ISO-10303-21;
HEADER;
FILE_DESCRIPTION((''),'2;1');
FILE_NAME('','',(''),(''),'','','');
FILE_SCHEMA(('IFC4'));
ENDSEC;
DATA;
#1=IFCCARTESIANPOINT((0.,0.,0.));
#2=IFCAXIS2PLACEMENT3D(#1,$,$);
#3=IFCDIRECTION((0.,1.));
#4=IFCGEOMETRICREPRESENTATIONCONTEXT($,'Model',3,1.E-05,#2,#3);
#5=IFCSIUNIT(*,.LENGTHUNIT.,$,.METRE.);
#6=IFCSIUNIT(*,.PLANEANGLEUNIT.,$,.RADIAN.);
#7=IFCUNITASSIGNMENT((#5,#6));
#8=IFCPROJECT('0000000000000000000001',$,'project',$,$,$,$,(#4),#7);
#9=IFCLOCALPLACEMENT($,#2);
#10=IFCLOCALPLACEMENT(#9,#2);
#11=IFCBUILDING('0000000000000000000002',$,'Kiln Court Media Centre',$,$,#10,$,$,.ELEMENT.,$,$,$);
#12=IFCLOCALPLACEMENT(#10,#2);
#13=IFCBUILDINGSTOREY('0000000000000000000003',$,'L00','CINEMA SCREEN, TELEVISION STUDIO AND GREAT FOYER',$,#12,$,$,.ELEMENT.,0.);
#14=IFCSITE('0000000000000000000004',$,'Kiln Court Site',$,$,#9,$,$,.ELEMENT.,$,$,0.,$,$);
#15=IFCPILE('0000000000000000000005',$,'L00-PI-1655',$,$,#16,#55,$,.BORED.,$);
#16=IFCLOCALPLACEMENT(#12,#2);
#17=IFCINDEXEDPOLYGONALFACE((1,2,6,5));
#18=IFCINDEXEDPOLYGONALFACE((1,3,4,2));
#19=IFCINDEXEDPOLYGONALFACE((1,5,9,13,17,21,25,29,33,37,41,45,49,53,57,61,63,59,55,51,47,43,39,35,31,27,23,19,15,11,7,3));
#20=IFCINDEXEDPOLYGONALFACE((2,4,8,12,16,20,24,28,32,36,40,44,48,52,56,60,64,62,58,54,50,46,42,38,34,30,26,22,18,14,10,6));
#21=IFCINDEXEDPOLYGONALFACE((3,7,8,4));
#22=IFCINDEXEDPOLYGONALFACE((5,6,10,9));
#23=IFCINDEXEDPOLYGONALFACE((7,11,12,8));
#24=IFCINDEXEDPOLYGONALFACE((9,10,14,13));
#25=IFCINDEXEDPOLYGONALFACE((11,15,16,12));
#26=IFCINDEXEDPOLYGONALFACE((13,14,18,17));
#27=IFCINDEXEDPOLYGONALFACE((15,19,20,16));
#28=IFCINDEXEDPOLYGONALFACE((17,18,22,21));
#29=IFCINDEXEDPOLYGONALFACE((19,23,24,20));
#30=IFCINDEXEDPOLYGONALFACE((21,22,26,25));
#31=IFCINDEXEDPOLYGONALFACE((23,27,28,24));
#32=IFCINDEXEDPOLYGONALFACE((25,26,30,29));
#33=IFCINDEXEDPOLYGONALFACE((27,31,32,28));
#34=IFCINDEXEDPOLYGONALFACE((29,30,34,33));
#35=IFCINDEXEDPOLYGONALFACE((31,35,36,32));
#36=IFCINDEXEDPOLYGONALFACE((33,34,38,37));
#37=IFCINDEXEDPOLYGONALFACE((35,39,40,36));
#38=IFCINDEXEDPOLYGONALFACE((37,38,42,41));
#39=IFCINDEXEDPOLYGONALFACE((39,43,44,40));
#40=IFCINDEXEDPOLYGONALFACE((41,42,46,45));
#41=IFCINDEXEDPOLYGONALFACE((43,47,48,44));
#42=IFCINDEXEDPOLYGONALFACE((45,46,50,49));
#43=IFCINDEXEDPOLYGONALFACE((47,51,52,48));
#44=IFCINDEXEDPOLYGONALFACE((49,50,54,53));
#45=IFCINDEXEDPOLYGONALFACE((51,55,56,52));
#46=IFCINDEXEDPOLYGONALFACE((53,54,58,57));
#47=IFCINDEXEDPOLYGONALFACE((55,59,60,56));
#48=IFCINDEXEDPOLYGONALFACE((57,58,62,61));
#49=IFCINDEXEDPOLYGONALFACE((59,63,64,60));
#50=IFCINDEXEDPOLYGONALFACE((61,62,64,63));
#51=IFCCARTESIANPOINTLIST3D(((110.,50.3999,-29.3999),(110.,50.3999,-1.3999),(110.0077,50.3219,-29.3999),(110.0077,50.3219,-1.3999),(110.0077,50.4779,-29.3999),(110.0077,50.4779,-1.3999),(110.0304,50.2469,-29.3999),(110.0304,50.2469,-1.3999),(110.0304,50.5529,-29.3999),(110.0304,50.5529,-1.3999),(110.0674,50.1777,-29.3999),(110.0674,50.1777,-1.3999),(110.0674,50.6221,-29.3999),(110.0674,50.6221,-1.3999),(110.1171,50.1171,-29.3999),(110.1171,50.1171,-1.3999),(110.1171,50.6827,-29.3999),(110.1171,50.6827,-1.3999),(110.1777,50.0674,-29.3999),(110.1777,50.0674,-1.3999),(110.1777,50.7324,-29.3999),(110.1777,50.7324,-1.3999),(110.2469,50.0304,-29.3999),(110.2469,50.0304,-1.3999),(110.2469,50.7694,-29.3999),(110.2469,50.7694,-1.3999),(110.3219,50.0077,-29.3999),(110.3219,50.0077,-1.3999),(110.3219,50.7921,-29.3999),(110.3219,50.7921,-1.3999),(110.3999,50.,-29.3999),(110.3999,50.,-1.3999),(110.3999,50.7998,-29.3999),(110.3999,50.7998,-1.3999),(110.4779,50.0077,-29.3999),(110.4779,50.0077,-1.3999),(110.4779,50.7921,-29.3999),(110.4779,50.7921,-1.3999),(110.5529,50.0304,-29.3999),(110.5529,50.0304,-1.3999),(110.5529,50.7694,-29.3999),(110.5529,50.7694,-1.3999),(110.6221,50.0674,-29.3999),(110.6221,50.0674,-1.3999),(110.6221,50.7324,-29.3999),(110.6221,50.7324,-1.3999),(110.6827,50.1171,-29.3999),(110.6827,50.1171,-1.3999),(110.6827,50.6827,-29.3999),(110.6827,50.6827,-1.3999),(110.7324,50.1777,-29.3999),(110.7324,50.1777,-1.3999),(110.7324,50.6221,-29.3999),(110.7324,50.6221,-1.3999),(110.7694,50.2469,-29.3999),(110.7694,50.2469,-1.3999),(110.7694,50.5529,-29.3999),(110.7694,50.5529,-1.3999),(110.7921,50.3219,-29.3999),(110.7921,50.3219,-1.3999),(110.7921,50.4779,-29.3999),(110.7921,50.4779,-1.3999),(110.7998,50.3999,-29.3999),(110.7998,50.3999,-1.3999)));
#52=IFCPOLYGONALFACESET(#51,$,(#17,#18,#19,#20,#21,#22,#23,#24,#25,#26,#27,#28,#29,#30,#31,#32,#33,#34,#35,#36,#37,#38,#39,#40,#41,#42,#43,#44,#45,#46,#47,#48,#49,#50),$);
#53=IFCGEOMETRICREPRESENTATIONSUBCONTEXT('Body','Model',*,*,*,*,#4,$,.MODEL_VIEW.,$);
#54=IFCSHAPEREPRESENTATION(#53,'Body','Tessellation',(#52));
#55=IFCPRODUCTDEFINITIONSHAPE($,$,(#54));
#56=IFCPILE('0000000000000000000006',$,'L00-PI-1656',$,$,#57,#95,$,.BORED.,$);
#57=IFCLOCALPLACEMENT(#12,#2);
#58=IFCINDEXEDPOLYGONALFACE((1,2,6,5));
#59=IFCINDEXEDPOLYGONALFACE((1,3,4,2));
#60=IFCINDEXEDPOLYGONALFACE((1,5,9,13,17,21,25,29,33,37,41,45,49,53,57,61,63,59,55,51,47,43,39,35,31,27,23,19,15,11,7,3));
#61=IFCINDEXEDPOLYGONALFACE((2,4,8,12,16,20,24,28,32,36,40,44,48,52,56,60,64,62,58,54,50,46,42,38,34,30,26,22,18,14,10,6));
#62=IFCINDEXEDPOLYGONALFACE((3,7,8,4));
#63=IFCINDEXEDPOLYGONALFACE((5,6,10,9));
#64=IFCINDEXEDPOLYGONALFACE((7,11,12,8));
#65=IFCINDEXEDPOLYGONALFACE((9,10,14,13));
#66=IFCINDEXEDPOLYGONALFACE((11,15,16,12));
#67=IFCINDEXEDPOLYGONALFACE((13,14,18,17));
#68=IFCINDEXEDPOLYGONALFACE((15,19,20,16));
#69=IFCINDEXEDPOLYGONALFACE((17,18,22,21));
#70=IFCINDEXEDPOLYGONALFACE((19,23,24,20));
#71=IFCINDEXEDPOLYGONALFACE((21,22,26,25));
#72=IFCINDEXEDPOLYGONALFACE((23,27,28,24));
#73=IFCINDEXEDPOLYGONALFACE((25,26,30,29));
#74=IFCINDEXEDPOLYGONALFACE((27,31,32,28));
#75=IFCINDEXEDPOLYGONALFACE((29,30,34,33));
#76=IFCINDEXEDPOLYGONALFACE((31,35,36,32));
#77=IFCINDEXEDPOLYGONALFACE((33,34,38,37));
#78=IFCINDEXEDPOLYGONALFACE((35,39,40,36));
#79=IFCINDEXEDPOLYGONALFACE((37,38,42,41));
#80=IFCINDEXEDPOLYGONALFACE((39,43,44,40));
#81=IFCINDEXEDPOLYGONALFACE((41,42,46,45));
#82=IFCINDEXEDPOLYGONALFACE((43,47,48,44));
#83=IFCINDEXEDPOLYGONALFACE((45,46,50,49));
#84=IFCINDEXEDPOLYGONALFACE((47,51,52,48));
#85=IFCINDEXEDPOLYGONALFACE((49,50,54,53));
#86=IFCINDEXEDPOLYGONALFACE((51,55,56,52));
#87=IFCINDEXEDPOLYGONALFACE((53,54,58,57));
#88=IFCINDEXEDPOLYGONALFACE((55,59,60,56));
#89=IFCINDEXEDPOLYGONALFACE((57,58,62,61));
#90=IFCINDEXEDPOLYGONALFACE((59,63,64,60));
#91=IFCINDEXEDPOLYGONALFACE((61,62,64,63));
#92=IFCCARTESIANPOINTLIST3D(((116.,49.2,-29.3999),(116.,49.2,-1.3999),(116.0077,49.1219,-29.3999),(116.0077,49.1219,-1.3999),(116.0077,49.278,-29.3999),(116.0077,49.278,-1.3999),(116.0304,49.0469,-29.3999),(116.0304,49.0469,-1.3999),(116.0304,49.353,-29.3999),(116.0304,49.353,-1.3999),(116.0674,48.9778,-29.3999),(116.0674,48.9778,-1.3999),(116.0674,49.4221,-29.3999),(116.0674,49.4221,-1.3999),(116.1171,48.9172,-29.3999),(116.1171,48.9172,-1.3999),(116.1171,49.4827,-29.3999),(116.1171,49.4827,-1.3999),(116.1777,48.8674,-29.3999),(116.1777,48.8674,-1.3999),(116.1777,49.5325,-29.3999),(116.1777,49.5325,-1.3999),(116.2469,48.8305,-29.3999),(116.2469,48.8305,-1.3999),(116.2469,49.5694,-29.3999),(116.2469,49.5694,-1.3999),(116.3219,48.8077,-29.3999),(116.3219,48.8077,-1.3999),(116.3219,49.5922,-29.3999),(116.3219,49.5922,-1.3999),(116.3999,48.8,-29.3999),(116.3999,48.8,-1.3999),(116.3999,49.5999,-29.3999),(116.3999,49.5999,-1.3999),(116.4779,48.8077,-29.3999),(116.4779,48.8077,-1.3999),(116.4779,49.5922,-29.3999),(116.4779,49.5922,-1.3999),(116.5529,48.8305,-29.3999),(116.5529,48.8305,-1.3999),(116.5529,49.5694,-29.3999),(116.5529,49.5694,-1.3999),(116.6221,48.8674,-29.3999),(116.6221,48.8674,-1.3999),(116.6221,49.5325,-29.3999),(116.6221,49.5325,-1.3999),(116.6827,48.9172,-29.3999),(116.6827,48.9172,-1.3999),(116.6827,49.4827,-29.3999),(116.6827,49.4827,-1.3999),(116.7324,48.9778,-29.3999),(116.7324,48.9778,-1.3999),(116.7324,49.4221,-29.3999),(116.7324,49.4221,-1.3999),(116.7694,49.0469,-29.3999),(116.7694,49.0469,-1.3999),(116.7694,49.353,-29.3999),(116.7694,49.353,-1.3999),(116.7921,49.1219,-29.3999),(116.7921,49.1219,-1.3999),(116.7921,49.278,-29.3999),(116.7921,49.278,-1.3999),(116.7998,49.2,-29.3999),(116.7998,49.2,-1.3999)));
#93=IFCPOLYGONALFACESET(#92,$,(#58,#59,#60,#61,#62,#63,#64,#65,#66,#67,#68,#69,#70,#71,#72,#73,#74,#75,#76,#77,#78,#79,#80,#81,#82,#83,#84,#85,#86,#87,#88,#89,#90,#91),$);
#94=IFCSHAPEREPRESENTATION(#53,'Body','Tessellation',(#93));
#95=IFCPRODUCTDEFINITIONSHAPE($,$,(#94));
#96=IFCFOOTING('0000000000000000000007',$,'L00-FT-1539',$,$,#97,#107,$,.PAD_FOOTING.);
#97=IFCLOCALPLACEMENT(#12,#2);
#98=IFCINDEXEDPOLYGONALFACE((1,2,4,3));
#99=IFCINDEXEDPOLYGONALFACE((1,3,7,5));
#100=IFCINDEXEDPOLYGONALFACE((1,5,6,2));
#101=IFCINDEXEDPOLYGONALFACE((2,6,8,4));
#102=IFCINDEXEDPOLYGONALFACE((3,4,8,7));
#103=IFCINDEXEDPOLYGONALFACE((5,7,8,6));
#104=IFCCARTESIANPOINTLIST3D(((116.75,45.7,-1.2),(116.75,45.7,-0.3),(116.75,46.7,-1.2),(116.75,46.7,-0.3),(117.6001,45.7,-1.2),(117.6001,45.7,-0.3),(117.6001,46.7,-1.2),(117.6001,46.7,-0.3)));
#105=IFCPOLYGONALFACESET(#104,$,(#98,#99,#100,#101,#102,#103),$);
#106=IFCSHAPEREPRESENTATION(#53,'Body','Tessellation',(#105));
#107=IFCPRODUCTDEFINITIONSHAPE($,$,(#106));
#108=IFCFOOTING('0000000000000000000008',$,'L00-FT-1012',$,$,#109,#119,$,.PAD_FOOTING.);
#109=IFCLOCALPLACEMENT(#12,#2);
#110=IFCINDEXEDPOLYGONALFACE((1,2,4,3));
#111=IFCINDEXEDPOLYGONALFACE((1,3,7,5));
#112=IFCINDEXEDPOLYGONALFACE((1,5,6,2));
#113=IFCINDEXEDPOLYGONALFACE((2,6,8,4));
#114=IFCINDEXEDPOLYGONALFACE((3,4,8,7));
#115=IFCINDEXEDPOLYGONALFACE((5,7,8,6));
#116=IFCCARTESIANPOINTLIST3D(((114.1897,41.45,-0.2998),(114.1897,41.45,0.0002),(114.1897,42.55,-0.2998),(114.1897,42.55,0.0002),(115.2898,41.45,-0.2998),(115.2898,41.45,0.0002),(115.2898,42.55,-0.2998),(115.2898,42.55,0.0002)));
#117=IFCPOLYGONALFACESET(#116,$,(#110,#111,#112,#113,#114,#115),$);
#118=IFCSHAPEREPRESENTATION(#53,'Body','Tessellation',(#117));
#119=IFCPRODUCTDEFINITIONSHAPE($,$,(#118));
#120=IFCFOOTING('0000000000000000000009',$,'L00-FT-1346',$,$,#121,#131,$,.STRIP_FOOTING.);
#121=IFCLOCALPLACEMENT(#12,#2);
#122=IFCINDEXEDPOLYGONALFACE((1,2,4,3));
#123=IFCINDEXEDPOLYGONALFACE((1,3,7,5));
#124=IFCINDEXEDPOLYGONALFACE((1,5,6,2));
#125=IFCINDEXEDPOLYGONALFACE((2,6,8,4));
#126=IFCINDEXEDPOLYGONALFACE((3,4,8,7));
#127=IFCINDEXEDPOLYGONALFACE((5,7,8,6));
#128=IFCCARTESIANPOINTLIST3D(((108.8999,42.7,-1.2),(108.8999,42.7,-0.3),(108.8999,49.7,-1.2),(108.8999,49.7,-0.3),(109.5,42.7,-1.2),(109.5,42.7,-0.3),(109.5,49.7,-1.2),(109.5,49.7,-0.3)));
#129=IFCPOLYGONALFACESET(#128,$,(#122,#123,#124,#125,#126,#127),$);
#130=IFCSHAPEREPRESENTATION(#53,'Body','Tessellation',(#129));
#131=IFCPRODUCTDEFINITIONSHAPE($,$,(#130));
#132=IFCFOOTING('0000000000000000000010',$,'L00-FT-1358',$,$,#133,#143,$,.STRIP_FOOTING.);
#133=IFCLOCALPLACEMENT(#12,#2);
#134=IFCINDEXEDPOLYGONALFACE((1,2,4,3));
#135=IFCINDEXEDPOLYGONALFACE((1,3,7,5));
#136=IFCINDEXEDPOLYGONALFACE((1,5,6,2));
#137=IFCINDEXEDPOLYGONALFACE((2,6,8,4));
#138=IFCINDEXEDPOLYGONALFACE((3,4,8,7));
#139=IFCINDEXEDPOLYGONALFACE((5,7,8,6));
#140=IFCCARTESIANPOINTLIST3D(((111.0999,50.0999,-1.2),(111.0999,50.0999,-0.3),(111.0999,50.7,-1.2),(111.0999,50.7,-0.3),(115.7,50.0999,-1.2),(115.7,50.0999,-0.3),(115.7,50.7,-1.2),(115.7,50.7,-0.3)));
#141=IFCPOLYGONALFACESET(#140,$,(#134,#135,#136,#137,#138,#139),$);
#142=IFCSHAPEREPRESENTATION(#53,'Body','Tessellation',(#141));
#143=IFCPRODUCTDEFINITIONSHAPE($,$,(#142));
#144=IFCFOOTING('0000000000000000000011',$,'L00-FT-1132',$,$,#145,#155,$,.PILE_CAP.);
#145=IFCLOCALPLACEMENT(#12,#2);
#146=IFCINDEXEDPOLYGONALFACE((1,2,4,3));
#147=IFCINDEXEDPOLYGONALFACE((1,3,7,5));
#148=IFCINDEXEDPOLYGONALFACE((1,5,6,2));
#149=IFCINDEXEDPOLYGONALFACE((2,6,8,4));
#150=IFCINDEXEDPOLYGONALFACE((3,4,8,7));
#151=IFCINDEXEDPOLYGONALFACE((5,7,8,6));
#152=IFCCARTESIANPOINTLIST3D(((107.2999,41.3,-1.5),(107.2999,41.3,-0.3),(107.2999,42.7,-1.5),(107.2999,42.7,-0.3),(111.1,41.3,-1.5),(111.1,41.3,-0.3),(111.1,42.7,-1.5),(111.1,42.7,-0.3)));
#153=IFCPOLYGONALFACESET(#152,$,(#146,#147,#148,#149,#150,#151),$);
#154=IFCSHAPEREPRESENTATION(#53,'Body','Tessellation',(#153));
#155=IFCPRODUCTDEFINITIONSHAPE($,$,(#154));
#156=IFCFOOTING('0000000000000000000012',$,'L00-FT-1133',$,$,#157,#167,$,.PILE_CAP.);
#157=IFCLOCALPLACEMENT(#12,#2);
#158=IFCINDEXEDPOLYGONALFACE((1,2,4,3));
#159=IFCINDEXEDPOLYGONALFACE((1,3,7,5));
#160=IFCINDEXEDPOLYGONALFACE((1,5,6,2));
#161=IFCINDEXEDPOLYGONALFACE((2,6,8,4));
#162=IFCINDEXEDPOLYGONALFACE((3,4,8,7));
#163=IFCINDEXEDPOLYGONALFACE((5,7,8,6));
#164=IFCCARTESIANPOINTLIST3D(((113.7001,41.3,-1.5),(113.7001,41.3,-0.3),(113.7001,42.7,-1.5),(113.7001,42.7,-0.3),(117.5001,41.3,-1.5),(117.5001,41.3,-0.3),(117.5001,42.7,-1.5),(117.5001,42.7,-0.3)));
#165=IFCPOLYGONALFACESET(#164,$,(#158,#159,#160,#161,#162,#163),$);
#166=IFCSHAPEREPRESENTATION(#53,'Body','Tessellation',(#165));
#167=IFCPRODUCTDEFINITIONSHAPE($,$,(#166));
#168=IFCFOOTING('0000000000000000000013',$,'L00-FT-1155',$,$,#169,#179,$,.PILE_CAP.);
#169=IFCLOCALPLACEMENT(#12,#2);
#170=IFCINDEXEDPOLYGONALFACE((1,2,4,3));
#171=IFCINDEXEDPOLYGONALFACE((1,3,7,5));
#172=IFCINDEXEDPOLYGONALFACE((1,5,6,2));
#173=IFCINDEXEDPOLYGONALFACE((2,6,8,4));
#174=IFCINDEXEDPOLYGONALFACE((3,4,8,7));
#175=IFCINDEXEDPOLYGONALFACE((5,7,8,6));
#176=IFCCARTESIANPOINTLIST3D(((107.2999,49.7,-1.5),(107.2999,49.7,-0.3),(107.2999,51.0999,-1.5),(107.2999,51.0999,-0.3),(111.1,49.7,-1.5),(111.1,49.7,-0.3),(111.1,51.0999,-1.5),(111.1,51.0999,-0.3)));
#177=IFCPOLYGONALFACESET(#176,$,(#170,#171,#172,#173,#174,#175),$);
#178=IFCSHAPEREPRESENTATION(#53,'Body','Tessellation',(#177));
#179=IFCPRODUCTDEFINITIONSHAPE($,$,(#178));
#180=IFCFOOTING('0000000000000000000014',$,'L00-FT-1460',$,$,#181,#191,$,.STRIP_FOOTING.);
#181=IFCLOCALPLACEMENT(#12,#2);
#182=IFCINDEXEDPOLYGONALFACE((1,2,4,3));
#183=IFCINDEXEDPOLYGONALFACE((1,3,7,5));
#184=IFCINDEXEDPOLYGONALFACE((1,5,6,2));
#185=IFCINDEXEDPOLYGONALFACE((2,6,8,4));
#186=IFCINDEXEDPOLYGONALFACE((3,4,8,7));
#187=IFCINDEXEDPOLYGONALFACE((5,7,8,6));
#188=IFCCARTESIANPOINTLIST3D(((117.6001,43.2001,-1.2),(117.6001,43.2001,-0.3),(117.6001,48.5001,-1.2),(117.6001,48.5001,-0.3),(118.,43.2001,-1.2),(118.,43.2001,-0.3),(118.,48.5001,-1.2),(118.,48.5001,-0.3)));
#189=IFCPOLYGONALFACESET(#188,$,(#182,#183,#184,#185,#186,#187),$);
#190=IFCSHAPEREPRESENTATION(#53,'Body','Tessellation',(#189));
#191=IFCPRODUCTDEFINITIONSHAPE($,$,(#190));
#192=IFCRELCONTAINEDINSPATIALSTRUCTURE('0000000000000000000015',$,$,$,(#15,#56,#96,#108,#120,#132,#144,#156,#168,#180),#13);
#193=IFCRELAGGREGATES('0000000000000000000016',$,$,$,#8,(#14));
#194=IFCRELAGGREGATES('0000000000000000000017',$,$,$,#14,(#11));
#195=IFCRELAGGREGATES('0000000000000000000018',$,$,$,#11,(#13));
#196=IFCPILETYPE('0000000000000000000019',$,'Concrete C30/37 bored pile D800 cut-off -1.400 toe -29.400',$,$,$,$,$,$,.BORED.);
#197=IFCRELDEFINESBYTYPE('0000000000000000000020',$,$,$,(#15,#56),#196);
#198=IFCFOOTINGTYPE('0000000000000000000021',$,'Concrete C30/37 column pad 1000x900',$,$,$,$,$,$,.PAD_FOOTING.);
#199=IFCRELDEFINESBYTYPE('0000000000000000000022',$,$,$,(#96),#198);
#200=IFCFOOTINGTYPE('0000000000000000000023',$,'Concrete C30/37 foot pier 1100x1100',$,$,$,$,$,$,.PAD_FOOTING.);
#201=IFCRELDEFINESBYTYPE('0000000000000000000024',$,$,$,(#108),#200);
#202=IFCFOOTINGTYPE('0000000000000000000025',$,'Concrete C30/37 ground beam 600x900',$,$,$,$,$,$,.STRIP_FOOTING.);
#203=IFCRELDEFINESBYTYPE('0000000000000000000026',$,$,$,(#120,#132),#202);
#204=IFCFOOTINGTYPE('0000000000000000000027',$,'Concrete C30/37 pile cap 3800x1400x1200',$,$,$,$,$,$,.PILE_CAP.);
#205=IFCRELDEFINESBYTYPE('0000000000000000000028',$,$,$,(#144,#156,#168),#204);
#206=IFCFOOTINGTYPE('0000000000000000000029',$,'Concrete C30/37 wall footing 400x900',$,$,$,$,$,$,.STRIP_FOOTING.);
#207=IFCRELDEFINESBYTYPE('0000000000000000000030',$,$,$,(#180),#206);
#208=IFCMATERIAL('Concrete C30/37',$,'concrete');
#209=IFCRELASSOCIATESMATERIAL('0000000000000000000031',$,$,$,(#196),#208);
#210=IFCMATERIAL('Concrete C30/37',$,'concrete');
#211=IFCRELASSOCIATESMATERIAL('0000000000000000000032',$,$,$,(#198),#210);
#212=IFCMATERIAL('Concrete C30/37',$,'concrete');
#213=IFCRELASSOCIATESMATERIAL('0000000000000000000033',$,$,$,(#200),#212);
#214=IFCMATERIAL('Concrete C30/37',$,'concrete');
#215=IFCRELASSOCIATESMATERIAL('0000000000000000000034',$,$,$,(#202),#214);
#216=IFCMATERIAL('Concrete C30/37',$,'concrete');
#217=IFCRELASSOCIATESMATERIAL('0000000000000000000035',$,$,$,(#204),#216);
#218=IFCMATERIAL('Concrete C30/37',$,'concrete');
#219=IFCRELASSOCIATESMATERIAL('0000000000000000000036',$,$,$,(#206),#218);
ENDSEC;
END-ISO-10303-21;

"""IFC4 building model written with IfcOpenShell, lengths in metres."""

from ifc_helpers import new_model, si_unit, direction, frame, origin, origin_2d, place, context, subcontext, project, spatial, rectangle, circle, extrude, material, material_profile, profile_set, type_object, element, save


model = new_model("IFC4")

# Units and contexts
model_context = context("Model", 3, precision=1e-05, world=origin(), true_north=direction((0.0, 1.0)))
body_context = subcontext(model_context, "Body", "Model", "MODEL_VIEW")
ifc_project = project(units=[si_unit("LENGTHUNIT", "METRE"), si_unit("PLANEANGLEUNIT", "RADIAN")], contexts=[model_context])

# Site, building, storey
site_placement = place(None, origin())
site = spatial("IfcSite", under=ifc_project, at=site_placement, Name="Kiln Court Site", CompositionType="ELEMENT", RefElevation=0.0)
building_placement = place(site_placement, origin())
building = spatial("IfcBuilding", under=site, at=building_placement, Name="Kiln Court Media Centre", CompositionType="ELEMENT")
storey_placement = place(building_placement, origin())
storey = spatial("IfcBuildingStorey", under=building, at=storey_placement, Name="L00", Description="CINEMA SCREEN, TELEVISION STUDIO AND GREAT FOYER", CompositionType="ELEMENT", Elevation=0.0)

# Piles
ifc_material_1 = material(Name="Concrete C30/37", Category="concrete")
ifc_material_profile_1 = material_profile(ifc_material_1, circle(Radius=0.3999, at=origin_2d()), Name="PILE D800")
ifc_profile_set_1 = profile_set([ifc_material_profile_1], Name="Concrete C30/37")
pile_type = type_object("IfcPileType", Name="Concrete C30/37 bored pile D800 cut-off -1.400 toe -29.400", PredefinedType="BORED", material=ifc_profile_set_1)
for number, where, z_axis, x_axis, name in (
    (1, (110.3999, 50.3999, -1.3999), (0.0, 0.0, -1.0), (1.0, 0.0, 0.0), "L00-PI-1655"),
    (2, (116.3999, 49.2, -1.3999), (0.0, 0.0, -1.0), (1.0, 0.0, 0.0), "L00-PI-1656"),
):
    element("IfcPile", number, at=place(storey_placement, frame(where, z_axis=z_axis, x_axis=x_axis)), inside=storey, type_object=pile_type, Name=name, PredefinedType="BORED", context=body_context, shape_type="SweptSolid", body=[
        extrude(circle(Radius=0.3999, at=origin_2d()), origin(), (0.0, 0.0, 1.0), 28.0),
    ])

# Footings
ifc_material_2 = material(Name="Concrete C30/37", Category="concrete")
footing_type_1 = type_object("IfcFootingType", Name="Concrete C30/37 column pad 1000x900", PredefinedType="PAD_FOOTING", material=ifc_material_2)
footing_1_placement = place(storey_placement, frame((117.175, 46.2, -1.2), z_axis=(0.0, 0.0, 1.0), x_axis=(1.0, 0.0, 0.0)))
element("IfcFooting", 3, at=footing_1_placement, inside=storey, type_object=footing_type_1, Name="L00-FT-1539", PredefinedType="PAD_FOOTING", context=body_context, shape_type="SweptSolid", body=[
    extrude(rectangle(XDim=0.8501, YDim=1.0, at=origin_2d()), origin(), (0.0, 0.0, 1.0), 0.8999),
])
ifc_material_3 = material(Name="Concrete C30/37", Category="concrete")
footing_type_2 = type_object("IfcFootingType", Name="Concrete C30/37 foot pier 1100x1100", PredefinedType="PAD_FOOTING", material=ifc_material_3)
footing_2_placement = place(storey_placement, frame((114.7397, 42.0, -0.2998), z_axis=(0.0, 0.0, 1.0), x_axis=(1.0, 0.0, 0.0)))
element("IfcFooting", 4, at=footing_2_placement, inside=storey, type_object=footing_type_2, Name="L00-FT-1012", PredefinedType="PAD_FOOTING", context=body_context, shape_type="SweptSolid", body=[
    extrude(rectangle(XDim=1.1001, YDim=1.1001, at=origin_2d()), origin(), (0.0, 0.0, 1.0), 0.3),
])
ifc_material_4 = material(Name="Concrete C30/37", Category="concrete")
footing_type_3 = type_object("IfcFootingType", Name="Concrete C30/37 ground beam 600x900", PredefinedType="STRIP_FOOTING", material=ifc_material_4)
footing_3_placement = place(storey_placement, frame((109.2, 46.2, -1.2), z_axis=(0.0, 0.0, 1.0), x_axis=(1.0, 0.0, 0.0)))
element("IfcFooting", 5, at=footing_3_placement, inside=storey, type_object=footing_type_3, Name="L00-FT-1346", PredefinedType="STRIP_FOOTING", context=body_context, shape_type="SweptSolid", body=[
    extrude(rectangle(XDim=0.6001, YDim=7.0, at=origin_2d()), origin(), (0.0, 0.0, 1.0), 0.8999),
])
footing_4_placement = place(storey_placement, frame((113.3999, 50.3999, -1.2), z_axis=(0.0, 0.0, 1.0), x_axis=(1.0, 0.0, 0.0)))
element("IfcFooting", 6, at=footing_4_placement, inside=storey, type_object=footing_type_3, Name="L00-FT-1358", PredefinedType="STRIP_FOOTING", context=body_context, shape_type="SweptSolid", body=[
    extrude(rectangle(XDim=4.6001, YDim=0.6001, at=origin_2d()), origin(), (0.0, 0.0, 1.0), 0.8999),
])
ifc_material_5 = material(Name="Concrete C30/37", Category="concrete")
footing_type_4 = type_object("IfcFootingType", Name="Concrete C30/37 pile cap 3800x1400x1200", PredefinedType="PILE_CAP", material=ifc_material_5)
for number, where, z_axis, x_axis, name in (
    (7, (109.2, 42.0, -1.5), (0.0, 0.0, 1.0), (1.0, 0.0, 0.0), "L00-FT-1132"),
    (8, (115.6001, 42.0, -1.5), (0.0, 0.0, 1.0), (1.0, 0.0, 0.0), "L00-FT-1133"),
    (9, (109.2, 50.3999, -1.5), (0.0, 0.0, 1.0), (1.0, 0.0, 0.0), "L00-FT-1155"),
):
    element("IfcFooting", number, at=place(storey_placement, frame(where, z_axis=z_axis, x_axis=x_axis)), inside=storey, type_object=footing_type_4, Name=name, PredefinedType="PILE_CAP", context=body_context, shape_type="SweptSolid", body=[
        extrude(rectangle(XDim=3.8, YDim=1.3999, at=origin_2d()), origin(), (0.0, 0.0, 1.0), 1.2),
    ])
ifc_material_6 = material(Name="Concrete C30/37", Category="concrete")
footing_type_5 = type_object("IfcFootingType", Name="Concrete C30/37 wall footing 400x900", PredefinedType="STRIP_FOOTING", material=ifc_material_6)
footing_5_placement = place(storey_placement, frame((117.8, 45.8501, -1.2), z_axis=(0.0, 0.0, 1.0), x_axis=(1.0, 0.0, 0.0)))
element("IfcFooting", 10, at=footing_5_placement, inside=storey, type_object=footing_type_5, Name="L00-FT-1460", PredefinedType="STRIP_FOOTING", context=body_context, shape_type="SweptSolid", body=[
    extrude(rectangle(XDim=0.3999, YDim=5.3, at=origin_2d()), origin(), (0.0, 0.0, 1.0), 0.8999),
])

save(model, "model.ifc")
